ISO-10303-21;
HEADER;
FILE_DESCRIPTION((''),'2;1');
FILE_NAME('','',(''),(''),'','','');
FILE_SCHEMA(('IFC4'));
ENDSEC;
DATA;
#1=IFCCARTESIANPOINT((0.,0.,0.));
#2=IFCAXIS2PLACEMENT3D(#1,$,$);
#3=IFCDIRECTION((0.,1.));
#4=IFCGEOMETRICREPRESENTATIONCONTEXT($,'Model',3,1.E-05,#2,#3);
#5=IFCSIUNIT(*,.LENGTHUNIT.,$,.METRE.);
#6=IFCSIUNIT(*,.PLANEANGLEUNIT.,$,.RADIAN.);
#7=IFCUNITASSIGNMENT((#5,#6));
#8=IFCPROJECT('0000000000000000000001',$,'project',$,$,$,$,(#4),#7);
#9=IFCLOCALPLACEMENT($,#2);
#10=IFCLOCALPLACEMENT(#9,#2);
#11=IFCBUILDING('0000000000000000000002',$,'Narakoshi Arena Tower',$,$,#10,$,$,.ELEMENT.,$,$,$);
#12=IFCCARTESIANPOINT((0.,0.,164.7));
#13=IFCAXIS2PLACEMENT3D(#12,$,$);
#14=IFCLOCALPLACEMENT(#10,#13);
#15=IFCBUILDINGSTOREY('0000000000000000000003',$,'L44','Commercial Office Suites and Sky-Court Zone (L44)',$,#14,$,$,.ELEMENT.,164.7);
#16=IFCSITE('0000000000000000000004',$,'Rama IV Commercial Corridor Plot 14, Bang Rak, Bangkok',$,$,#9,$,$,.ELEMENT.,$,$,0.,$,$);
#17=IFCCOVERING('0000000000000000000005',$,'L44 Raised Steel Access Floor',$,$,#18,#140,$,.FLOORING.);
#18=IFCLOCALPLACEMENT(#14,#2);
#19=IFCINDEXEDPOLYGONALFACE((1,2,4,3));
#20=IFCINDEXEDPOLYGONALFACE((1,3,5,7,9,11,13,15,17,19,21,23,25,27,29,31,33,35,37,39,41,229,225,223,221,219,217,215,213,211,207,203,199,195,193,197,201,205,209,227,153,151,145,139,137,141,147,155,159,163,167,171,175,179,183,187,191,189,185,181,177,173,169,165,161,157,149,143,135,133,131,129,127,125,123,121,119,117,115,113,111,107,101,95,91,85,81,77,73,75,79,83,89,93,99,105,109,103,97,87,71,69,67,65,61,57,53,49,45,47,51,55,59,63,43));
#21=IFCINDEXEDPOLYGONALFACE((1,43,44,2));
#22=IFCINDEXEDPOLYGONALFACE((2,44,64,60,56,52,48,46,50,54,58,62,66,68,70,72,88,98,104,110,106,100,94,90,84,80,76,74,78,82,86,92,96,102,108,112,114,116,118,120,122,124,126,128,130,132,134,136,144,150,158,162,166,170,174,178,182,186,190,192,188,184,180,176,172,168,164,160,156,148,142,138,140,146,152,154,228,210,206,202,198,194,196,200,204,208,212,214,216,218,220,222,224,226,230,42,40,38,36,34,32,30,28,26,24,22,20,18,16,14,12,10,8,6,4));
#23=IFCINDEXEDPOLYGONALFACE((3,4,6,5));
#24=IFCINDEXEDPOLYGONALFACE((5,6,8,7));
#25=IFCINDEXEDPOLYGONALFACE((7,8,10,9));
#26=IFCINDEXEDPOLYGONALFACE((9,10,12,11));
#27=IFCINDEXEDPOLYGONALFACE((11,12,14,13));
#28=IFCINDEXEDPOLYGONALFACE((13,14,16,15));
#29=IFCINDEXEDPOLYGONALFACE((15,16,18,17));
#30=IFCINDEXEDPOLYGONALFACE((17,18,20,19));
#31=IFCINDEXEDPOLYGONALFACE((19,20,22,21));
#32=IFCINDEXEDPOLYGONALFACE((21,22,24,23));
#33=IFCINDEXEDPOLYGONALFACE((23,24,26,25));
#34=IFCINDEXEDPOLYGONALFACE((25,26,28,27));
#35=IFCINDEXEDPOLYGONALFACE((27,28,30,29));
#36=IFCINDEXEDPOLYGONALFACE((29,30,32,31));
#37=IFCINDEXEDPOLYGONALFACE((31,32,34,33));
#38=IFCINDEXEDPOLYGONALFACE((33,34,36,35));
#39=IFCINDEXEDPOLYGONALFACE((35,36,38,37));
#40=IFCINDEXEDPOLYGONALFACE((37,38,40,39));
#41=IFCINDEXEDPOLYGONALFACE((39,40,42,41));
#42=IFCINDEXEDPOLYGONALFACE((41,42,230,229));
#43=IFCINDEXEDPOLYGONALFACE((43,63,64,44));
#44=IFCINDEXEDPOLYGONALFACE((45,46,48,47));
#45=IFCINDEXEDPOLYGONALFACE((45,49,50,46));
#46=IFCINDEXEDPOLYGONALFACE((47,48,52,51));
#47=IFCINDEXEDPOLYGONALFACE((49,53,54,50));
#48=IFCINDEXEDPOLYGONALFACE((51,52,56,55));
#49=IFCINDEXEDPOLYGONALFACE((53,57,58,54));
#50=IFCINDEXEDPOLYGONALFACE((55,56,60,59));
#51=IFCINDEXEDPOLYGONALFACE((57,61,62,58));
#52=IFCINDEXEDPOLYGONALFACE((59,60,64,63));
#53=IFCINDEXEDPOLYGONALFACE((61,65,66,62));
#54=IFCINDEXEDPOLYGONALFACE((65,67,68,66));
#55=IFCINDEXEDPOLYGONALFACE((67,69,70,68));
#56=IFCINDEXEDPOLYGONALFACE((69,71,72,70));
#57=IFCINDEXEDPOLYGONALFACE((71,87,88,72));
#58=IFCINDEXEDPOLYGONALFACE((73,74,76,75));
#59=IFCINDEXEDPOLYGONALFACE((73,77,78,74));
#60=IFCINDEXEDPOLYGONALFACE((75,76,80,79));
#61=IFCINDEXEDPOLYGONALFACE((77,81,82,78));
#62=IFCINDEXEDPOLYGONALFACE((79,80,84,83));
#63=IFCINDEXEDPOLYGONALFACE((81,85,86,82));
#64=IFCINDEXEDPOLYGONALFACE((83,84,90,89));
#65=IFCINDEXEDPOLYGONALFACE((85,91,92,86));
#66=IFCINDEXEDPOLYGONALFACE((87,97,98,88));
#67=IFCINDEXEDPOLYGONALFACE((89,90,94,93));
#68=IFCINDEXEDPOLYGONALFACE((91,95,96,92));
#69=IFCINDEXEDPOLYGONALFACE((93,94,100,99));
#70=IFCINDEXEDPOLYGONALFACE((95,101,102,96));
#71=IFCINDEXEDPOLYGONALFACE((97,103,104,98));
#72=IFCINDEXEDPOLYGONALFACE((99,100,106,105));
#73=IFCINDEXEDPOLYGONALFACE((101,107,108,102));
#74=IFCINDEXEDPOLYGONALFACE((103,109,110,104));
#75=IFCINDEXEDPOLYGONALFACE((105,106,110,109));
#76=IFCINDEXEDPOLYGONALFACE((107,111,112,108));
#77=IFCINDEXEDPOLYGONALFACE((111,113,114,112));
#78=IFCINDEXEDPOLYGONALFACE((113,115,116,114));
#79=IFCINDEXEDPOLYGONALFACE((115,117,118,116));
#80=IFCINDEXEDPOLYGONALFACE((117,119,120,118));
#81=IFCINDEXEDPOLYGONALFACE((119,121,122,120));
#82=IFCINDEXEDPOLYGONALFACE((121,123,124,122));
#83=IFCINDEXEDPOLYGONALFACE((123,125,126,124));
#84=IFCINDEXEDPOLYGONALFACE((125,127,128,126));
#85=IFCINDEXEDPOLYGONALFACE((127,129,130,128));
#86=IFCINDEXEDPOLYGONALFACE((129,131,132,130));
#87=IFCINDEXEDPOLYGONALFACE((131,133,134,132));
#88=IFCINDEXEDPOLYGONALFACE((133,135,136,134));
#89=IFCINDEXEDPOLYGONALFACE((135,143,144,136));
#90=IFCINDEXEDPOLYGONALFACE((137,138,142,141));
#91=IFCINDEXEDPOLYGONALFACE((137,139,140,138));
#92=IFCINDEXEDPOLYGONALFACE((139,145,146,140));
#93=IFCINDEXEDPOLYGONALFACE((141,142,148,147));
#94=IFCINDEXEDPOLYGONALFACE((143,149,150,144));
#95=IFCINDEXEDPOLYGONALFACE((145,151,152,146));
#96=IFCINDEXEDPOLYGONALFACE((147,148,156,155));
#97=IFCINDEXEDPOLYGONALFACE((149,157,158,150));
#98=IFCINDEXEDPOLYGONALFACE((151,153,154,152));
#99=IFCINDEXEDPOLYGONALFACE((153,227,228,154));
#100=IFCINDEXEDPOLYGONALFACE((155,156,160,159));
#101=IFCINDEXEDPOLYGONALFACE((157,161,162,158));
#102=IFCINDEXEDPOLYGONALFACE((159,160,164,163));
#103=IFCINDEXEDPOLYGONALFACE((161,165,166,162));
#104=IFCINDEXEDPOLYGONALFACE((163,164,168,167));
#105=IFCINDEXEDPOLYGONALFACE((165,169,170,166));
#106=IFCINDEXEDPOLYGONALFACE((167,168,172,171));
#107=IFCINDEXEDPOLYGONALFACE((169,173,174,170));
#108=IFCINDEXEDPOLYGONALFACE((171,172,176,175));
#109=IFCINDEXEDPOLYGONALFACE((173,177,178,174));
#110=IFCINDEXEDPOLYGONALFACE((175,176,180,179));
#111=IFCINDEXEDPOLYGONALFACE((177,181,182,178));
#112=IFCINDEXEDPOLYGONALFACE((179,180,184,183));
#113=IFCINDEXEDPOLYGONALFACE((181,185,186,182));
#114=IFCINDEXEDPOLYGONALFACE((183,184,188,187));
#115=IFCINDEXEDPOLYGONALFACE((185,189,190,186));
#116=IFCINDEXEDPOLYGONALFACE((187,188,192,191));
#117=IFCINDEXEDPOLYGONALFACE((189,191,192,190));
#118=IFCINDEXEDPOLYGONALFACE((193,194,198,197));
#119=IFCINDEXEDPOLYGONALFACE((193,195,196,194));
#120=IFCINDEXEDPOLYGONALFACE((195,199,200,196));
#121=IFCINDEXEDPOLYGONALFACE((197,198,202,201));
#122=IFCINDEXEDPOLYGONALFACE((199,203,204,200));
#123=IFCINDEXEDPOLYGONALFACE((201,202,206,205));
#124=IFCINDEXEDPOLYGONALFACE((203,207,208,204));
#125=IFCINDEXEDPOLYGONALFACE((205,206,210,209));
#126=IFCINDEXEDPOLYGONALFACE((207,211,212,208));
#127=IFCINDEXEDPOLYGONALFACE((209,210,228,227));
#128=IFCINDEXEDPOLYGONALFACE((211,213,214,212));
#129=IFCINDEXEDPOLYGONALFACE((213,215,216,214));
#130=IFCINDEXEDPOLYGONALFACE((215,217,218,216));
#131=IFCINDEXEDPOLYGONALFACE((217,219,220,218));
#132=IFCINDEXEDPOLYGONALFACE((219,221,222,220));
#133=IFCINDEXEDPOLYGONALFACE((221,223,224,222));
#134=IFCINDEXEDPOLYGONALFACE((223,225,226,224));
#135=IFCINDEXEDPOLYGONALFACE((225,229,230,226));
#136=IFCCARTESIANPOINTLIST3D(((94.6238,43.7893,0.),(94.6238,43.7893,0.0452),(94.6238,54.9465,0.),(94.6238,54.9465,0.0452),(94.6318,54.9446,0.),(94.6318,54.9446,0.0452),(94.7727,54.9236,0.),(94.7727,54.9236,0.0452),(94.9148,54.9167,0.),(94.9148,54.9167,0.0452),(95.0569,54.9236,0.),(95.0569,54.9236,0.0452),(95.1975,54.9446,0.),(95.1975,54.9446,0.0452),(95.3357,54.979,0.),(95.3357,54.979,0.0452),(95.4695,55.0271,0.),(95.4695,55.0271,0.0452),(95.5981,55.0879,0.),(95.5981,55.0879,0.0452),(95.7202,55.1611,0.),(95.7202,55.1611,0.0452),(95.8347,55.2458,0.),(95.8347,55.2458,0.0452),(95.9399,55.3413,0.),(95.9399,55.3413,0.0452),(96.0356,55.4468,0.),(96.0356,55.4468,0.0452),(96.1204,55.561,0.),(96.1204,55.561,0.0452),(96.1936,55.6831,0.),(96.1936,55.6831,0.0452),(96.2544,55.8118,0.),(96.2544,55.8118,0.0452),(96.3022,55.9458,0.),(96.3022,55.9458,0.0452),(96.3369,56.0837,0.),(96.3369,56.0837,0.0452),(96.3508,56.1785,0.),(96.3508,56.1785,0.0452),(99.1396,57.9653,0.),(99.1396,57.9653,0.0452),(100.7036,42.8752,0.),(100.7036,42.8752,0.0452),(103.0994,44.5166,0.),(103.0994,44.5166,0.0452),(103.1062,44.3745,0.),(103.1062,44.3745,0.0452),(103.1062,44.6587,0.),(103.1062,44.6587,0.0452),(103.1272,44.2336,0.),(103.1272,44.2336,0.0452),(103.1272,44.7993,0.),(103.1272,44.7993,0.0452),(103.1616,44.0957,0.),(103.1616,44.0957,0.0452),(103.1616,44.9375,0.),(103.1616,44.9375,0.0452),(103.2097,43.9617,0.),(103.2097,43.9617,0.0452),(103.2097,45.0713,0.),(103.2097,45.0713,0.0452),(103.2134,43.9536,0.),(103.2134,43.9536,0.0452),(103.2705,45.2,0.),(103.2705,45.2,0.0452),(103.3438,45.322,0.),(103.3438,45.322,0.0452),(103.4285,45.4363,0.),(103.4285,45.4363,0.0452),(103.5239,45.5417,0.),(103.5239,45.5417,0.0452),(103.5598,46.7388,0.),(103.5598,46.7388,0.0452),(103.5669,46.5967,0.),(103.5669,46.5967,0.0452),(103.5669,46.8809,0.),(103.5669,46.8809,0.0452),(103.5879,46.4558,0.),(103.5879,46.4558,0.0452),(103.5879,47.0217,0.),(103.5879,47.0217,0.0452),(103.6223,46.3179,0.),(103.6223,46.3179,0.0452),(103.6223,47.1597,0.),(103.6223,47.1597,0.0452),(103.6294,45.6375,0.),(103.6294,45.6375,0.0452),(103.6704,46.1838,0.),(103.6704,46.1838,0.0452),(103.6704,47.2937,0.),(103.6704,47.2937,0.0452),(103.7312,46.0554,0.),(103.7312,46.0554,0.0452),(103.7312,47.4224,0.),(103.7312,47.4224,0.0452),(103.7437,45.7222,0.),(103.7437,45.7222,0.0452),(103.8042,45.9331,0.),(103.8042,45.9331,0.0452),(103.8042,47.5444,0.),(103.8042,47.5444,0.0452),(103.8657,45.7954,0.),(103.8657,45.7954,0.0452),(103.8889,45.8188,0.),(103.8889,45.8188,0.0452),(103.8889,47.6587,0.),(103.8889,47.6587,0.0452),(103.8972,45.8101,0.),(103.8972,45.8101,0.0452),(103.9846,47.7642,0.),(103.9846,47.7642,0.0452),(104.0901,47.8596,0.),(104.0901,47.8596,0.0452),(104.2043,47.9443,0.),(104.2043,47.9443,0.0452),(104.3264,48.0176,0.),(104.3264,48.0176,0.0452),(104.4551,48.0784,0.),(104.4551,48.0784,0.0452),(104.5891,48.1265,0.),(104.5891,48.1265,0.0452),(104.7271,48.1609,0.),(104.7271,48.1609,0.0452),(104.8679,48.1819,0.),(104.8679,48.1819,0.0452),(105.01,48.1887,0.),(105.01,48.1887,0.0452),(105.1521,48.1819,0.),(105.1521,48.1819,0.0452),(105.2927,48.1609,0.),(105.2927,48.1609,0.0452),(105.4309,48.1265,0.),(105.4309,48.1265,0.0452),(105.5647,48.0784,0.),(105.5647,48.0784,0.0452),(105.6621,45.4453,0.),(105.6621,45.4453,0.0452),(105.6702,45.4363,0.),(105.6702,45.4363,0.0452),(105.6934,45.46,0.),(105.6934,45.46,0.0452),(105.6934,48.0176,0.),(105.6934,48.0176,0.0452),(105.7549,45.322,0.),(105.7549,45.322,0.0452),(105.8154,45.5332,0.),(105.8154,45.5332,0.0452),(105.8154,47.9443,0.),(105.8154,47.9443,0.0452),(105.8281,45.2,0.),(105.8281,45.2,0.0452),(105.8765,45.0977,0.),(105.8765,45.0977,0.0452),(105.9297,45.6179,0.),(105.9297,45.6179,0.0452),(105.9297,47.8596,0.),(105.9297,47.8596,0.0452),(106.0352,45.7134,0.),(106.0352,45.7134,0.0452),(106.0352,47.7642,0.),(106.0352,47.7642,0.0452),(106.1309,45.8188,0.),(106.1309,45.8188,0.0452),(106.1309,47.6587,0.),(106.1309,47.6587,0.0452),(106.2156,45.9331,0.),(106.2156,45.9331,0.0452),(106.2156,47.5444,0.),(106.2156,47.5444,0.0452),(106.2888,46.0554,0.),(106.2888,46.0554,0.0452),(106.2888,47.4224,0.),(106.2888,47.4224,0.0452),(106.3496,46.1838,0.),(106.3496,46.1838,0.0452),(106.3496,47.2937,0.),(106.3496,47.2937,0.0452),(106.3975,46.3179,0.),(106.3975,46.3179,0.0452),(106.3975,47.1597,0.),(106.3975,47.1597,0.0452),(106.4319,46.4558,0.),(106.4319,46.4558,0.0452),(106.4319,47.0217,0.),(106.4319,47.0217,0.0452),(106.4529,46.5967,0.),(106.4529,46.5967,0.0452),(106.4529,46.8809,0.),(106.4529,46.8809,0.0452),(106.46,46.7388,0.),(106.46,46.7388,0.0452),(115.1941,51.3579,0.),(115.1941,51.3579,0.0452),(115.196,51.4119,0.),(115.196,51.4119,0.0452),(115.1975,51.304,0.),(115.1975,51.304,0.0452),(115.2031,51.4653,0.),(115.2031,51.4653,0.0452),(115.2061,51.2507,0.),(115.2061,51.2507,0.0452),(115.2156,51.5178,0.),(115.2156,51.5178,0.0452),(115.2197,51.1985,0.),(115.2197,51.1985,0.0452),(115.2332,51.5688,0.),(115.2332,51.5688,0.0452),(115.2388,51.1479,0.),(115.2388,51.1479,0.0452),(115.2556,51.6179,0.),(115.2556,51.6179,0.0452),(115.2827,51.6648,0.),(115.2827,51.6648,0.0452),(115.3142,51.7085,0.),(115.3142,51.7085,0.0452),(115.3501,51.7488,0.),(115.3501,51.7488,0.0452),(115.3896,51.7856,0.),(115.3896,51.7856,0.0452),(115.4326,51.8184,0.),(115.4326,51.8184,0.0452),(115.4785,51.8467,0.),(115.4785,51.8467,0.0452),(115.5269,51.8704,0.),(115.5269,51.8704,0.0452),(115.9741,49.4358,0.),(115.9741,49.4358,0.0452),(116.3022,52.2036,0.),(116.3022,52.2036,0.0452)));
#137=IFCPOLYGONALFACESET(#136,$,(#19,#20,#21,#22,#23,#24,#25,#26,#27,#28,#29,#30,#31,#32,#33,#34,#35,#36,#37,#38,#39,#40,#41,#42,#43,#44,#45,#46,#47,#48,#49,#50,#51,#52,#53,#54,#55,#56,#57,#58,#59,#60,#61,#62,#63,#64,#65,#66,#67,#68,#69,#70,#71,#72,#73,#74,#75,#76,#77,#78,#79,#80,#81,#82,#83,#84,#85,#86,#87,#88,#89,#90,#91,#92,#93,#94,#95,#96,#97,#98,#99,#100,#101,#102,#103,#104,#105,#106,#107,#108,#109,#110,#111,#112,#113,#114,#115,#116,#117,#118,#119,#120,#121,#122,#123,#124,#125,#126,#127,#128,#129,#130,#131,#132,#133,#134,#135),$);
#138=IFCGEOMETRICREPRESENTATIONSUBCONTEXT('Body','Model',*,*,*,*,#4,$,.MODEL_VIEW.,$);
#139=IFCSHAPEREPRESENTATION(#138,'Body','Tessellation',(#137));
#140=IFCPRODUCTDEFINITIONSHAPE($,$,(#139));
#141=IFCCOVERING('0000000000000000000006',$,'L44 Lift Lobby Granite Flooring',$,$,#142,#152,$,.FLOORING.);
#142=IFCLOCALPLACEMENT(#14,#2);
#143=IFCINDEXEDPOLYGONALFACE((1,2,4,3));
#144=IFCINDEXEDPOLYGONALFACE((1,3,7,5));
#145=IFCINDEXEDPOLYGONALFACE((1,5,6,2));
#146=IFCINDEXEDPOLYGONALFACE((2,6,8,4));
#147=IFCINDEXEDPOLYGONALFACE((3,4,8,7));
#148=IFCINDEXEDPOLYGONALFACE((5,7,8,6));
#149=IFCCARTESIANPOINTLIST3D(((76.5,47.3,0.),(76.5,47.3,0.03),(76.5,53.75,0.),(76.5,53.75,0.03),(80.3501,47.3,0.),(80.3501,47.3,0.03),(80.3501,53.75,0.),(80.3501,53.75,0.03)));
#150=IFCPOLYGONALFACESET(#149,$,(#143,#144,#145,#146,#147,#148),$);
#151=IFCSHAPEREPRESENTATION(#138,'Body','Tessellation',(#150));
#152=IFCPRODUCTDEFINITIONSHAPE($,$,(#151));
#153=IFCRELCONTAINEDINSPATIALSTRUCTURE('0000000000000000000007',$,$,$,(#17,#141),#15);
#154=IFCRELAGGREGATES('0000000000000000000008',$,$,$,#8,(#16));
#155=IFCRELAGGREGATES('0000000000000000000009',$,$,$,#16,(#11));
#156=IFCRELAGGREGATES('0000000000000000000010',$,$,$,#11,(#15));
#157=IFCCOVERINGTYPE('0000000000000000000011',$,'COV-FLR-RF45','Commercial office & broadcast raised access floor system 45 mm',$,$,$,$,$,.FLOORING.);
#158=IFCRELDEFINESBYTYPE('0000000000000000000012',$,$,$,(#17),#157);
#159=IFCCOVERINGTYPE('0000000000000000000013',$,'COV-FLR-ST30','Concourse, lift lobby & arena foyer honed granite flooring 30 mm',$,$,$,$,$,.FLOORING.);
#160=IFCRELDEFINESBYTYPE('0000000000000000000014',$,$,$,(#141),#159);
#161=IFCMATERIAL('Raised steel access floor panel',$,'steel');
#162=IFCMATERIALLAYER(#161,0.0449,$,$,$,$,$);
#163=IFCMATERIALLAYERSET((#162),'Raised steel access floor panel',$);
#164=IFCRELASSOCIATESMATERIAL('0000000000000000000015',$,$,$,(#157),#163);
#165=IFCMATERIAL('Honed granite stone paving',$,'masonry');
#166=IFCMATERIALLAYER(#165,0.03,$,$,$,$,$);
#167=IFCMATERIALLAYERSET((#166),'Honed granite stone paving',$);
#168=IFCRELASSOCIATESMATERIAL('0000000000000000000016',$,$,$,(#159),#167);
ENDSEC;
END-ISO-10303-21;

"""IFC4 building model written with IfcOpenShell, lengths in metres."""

from ifc_helpers import new_model, si_unit, direction, frame, origin, place, context, subcontext, project, spatial, polyline, outline, extrude, material, layer, layer_set, type_object, element, save


model = new_model("IFC4")

# Units and contexts
model_context = context("Model", 3, precision=1e-05, world=origin(), true_north=direction((0.0, 1.0)))
body_context = subcontext(model_context, "Body", "Model", "MODEL_VIEW")
ifc_project = project(units=[si_unit("LENGTHUNIT", "METRE"), si_unit("PLANEANGLEUNIT", "RADIAN")], contexts=[model_context])

# Site, building, storey
site_placement = place(None, origin())
site = spatial("IfcSite", under=ifc_project, at=site_placement, Name="Rama IV Commercial Corridor Plot 14, Bang Rak, Bangkok", CompositionType="ELEMENT", RefElevation=0.0)
building_placement = place(site_placement, origin())
building = spatial("IfcBuilding", under=site, at=building_placement, Name="Narakoshi Arena Tower", CompositionType="ELEMENT")
storey_placement = place(building_placement, frame((0.0, 0.0, 164.7)))
storey = spatial("IfcBuildingStorey", under=building, at=storey_placement, Name="L44", Description="Commercial Office Suites and Sky-Court Zone (L44)", CompositionType="ELEMENT", Elevation=164.7)

# Coverings
ifc_material_1 = material(Name="Raised steel access floor panel", Category="steel")
ifc_layer_1 = layer(ifc_material_1, 0.0449)
ifc_layer_set_1 = layer_set([ifc_layer_1], Name="Raised steel access floor panel")
covering_type_1 = type_object("IfcCoveringType", Name="COV-FLR-RF45", Description="Commercial office & broadcast raised access floor system 45 mm", PredefinedType="FLOORING", material=ifc_layer_set_1)
covering_1_placement = place(storey_placement, origin())
element("IfcCovering", 1, at=covering_1_placement, inside=storey, type_object=covering_type_1, Name="L44 Raised Steel Access Floor", PredefinedType="FLOORING", context=body_context, shape_type="SweptSolid", body=[
    extrude(outline(polyline([(115.5269, 51.8704), (115.4785, 51.8467), (115.4326, 51.8184), (115.3896, 51.7856), (115.3501, 51.7488), (115.3142, 51.7085), (115.2827, 51.6648), (115.2556, 51.6179), (115.2332, 51.5688), (115.2156, 51.5178), (115.2031, 51.4653), (115.196, 51.4119), (115.1941, 51.3579), (115.1975, 51.304), (115.2061, 51.2507), (115.2197, 51.1985), (115.2388, 51.1479), (115.9741, 49.4358), (105.8765, 45.0977), (105.8281, 45.2), (105.7549, 45.322), (105.6702, 45.4363), (105.6621, 45.4453), (105.6934, 45.46), (105.8154, 45.5332), (105.9297, 45.6179), (106.0352, 45.7134), (106.1309, 45.8188), (106.2156, 45.9331), (106.2888, 46.0554), (106.3496, 46.1838), (106.3975, 46.3179), (106.4319, 46.4558), (106.4529, 46.5967), (106.46, 46.7388), (106.4529, 46.8809), (106.4319, 47.0217), (106.3975, 47.1597), (106.3496, 47.2937), (106.2888, 47.4224), (106.2156, 47.5444), (106.1309, 47.6587), (106.0352, 47.7642), (105.9297, 47.8596), (105.8154, 47.9443), (105.6934, 48.0176), (105.5647, 48.0784), (105.4309, 48.1265), (105.2927, 48.1609), (105.1521, 48.1819), (105.01, 48.1887), (104.8679, 48.1819), (104.7271, 48.1609), (104.5891, 48.1265), (104.4551, 48.0784), (104.3264, 48.0176), (104.2043, 47.9443), (104.0901, 47.8596), (103.9846, 47.7642), (103.8889, 47.6587), (103.8042, 47.5444), (103.7312, 47.4224), (103.6704, 47.2937), (103.6223, 47.1597), (103.5879, 47.0217), (103.5669, 46.8809), (103.5598, 46.7388), (103.5669, 46.5967), (103.5879, 46.4558), (103.6223, 46.3179), (103.6704, 46.1838), (103.7312, 46.0554), (103.8042, 45.9331), (103.8889, 45.8188), (103.8972, 45.8101), (103.8657, 45.7954), (103.7437, 45.7222), (103.6294, 45.6375), (103.5239, 45.5417), (103.4285, 45.4363), (103.3438, 45.322), (103.2705, 45.2), (103.2097, 45.0713), (103.1616, 44.9375), (103.1272, 44.7993), (103.1062, 44.6587), (103.0994, 44.5166), (103.1062, 44.3745), (103.1272, 44.2336), (103.1616, 44.0957), (103.2097, 43.9617), (103.2134, 43.9536), (100.7036, 42.8752), (94.6238, 43.7893), (94.6238, 54.9465), (94.6318, 54.9446), (94.7727, 54.9236), (94.9148, 54.9167), (95.0569, 54.9236), (95.1975, 54.9446), (95.3357, 54.979), (95.4695, 55.0271), (95.5981, 55.0879), (95.7202, 55.1611), (95.8347, 55.2458), (95.9399, 55.3413), (96.0356, 55.4468), (96.1204, 55.561), (96.1936, 55.6831), (96.2544, 55.8118), (96.3022, 55.9458), (96.3369, 56.0837), (96.3508, 56.1785), (99.1396, 57.9653), (116.3022, 52.2036), (115.5269, 51.8704)])), origin(), (0.0, 0.0, 1.0), 0.0452),
])
ifc_material_2 = material(Name="Honed granite stone paving", Category="masonry")
ifc_layer_2 = layer(ifc_material_2, 0.03)
ifc_layer_set_2 = layer_set([ifc_layer_2], Name="Honed granite stone paving")
covering_type_2 = type_object("IfcCoveringType", Name="COV-FLR-ST30", Description="Concourse, lift lobby & arena foyer honed granite flooring 30 mm", PredefinedType="FLOORING", material=ifc_layer_set_2)
covering_2_placement = place(storey_placement, origin())
element("IfcCovering", 2, at=covering_2_placement, inside=storey, type_object=covering_type_2, Name="L44 Lift Lobby Granite Flooring", PredefinedType="FLOORING", context=body_context, shape_type="SweptSolid", body=[
    extrude(outline(polyline([(76.5, 47.3), (80.3501, 47.3), (80.3501, 53.75), (76.5, 53.75), (76.5, 47.3)])), origin(), (0.0, 0.0, 1.0), 0.03),
])

save(model, "model.ifc")
